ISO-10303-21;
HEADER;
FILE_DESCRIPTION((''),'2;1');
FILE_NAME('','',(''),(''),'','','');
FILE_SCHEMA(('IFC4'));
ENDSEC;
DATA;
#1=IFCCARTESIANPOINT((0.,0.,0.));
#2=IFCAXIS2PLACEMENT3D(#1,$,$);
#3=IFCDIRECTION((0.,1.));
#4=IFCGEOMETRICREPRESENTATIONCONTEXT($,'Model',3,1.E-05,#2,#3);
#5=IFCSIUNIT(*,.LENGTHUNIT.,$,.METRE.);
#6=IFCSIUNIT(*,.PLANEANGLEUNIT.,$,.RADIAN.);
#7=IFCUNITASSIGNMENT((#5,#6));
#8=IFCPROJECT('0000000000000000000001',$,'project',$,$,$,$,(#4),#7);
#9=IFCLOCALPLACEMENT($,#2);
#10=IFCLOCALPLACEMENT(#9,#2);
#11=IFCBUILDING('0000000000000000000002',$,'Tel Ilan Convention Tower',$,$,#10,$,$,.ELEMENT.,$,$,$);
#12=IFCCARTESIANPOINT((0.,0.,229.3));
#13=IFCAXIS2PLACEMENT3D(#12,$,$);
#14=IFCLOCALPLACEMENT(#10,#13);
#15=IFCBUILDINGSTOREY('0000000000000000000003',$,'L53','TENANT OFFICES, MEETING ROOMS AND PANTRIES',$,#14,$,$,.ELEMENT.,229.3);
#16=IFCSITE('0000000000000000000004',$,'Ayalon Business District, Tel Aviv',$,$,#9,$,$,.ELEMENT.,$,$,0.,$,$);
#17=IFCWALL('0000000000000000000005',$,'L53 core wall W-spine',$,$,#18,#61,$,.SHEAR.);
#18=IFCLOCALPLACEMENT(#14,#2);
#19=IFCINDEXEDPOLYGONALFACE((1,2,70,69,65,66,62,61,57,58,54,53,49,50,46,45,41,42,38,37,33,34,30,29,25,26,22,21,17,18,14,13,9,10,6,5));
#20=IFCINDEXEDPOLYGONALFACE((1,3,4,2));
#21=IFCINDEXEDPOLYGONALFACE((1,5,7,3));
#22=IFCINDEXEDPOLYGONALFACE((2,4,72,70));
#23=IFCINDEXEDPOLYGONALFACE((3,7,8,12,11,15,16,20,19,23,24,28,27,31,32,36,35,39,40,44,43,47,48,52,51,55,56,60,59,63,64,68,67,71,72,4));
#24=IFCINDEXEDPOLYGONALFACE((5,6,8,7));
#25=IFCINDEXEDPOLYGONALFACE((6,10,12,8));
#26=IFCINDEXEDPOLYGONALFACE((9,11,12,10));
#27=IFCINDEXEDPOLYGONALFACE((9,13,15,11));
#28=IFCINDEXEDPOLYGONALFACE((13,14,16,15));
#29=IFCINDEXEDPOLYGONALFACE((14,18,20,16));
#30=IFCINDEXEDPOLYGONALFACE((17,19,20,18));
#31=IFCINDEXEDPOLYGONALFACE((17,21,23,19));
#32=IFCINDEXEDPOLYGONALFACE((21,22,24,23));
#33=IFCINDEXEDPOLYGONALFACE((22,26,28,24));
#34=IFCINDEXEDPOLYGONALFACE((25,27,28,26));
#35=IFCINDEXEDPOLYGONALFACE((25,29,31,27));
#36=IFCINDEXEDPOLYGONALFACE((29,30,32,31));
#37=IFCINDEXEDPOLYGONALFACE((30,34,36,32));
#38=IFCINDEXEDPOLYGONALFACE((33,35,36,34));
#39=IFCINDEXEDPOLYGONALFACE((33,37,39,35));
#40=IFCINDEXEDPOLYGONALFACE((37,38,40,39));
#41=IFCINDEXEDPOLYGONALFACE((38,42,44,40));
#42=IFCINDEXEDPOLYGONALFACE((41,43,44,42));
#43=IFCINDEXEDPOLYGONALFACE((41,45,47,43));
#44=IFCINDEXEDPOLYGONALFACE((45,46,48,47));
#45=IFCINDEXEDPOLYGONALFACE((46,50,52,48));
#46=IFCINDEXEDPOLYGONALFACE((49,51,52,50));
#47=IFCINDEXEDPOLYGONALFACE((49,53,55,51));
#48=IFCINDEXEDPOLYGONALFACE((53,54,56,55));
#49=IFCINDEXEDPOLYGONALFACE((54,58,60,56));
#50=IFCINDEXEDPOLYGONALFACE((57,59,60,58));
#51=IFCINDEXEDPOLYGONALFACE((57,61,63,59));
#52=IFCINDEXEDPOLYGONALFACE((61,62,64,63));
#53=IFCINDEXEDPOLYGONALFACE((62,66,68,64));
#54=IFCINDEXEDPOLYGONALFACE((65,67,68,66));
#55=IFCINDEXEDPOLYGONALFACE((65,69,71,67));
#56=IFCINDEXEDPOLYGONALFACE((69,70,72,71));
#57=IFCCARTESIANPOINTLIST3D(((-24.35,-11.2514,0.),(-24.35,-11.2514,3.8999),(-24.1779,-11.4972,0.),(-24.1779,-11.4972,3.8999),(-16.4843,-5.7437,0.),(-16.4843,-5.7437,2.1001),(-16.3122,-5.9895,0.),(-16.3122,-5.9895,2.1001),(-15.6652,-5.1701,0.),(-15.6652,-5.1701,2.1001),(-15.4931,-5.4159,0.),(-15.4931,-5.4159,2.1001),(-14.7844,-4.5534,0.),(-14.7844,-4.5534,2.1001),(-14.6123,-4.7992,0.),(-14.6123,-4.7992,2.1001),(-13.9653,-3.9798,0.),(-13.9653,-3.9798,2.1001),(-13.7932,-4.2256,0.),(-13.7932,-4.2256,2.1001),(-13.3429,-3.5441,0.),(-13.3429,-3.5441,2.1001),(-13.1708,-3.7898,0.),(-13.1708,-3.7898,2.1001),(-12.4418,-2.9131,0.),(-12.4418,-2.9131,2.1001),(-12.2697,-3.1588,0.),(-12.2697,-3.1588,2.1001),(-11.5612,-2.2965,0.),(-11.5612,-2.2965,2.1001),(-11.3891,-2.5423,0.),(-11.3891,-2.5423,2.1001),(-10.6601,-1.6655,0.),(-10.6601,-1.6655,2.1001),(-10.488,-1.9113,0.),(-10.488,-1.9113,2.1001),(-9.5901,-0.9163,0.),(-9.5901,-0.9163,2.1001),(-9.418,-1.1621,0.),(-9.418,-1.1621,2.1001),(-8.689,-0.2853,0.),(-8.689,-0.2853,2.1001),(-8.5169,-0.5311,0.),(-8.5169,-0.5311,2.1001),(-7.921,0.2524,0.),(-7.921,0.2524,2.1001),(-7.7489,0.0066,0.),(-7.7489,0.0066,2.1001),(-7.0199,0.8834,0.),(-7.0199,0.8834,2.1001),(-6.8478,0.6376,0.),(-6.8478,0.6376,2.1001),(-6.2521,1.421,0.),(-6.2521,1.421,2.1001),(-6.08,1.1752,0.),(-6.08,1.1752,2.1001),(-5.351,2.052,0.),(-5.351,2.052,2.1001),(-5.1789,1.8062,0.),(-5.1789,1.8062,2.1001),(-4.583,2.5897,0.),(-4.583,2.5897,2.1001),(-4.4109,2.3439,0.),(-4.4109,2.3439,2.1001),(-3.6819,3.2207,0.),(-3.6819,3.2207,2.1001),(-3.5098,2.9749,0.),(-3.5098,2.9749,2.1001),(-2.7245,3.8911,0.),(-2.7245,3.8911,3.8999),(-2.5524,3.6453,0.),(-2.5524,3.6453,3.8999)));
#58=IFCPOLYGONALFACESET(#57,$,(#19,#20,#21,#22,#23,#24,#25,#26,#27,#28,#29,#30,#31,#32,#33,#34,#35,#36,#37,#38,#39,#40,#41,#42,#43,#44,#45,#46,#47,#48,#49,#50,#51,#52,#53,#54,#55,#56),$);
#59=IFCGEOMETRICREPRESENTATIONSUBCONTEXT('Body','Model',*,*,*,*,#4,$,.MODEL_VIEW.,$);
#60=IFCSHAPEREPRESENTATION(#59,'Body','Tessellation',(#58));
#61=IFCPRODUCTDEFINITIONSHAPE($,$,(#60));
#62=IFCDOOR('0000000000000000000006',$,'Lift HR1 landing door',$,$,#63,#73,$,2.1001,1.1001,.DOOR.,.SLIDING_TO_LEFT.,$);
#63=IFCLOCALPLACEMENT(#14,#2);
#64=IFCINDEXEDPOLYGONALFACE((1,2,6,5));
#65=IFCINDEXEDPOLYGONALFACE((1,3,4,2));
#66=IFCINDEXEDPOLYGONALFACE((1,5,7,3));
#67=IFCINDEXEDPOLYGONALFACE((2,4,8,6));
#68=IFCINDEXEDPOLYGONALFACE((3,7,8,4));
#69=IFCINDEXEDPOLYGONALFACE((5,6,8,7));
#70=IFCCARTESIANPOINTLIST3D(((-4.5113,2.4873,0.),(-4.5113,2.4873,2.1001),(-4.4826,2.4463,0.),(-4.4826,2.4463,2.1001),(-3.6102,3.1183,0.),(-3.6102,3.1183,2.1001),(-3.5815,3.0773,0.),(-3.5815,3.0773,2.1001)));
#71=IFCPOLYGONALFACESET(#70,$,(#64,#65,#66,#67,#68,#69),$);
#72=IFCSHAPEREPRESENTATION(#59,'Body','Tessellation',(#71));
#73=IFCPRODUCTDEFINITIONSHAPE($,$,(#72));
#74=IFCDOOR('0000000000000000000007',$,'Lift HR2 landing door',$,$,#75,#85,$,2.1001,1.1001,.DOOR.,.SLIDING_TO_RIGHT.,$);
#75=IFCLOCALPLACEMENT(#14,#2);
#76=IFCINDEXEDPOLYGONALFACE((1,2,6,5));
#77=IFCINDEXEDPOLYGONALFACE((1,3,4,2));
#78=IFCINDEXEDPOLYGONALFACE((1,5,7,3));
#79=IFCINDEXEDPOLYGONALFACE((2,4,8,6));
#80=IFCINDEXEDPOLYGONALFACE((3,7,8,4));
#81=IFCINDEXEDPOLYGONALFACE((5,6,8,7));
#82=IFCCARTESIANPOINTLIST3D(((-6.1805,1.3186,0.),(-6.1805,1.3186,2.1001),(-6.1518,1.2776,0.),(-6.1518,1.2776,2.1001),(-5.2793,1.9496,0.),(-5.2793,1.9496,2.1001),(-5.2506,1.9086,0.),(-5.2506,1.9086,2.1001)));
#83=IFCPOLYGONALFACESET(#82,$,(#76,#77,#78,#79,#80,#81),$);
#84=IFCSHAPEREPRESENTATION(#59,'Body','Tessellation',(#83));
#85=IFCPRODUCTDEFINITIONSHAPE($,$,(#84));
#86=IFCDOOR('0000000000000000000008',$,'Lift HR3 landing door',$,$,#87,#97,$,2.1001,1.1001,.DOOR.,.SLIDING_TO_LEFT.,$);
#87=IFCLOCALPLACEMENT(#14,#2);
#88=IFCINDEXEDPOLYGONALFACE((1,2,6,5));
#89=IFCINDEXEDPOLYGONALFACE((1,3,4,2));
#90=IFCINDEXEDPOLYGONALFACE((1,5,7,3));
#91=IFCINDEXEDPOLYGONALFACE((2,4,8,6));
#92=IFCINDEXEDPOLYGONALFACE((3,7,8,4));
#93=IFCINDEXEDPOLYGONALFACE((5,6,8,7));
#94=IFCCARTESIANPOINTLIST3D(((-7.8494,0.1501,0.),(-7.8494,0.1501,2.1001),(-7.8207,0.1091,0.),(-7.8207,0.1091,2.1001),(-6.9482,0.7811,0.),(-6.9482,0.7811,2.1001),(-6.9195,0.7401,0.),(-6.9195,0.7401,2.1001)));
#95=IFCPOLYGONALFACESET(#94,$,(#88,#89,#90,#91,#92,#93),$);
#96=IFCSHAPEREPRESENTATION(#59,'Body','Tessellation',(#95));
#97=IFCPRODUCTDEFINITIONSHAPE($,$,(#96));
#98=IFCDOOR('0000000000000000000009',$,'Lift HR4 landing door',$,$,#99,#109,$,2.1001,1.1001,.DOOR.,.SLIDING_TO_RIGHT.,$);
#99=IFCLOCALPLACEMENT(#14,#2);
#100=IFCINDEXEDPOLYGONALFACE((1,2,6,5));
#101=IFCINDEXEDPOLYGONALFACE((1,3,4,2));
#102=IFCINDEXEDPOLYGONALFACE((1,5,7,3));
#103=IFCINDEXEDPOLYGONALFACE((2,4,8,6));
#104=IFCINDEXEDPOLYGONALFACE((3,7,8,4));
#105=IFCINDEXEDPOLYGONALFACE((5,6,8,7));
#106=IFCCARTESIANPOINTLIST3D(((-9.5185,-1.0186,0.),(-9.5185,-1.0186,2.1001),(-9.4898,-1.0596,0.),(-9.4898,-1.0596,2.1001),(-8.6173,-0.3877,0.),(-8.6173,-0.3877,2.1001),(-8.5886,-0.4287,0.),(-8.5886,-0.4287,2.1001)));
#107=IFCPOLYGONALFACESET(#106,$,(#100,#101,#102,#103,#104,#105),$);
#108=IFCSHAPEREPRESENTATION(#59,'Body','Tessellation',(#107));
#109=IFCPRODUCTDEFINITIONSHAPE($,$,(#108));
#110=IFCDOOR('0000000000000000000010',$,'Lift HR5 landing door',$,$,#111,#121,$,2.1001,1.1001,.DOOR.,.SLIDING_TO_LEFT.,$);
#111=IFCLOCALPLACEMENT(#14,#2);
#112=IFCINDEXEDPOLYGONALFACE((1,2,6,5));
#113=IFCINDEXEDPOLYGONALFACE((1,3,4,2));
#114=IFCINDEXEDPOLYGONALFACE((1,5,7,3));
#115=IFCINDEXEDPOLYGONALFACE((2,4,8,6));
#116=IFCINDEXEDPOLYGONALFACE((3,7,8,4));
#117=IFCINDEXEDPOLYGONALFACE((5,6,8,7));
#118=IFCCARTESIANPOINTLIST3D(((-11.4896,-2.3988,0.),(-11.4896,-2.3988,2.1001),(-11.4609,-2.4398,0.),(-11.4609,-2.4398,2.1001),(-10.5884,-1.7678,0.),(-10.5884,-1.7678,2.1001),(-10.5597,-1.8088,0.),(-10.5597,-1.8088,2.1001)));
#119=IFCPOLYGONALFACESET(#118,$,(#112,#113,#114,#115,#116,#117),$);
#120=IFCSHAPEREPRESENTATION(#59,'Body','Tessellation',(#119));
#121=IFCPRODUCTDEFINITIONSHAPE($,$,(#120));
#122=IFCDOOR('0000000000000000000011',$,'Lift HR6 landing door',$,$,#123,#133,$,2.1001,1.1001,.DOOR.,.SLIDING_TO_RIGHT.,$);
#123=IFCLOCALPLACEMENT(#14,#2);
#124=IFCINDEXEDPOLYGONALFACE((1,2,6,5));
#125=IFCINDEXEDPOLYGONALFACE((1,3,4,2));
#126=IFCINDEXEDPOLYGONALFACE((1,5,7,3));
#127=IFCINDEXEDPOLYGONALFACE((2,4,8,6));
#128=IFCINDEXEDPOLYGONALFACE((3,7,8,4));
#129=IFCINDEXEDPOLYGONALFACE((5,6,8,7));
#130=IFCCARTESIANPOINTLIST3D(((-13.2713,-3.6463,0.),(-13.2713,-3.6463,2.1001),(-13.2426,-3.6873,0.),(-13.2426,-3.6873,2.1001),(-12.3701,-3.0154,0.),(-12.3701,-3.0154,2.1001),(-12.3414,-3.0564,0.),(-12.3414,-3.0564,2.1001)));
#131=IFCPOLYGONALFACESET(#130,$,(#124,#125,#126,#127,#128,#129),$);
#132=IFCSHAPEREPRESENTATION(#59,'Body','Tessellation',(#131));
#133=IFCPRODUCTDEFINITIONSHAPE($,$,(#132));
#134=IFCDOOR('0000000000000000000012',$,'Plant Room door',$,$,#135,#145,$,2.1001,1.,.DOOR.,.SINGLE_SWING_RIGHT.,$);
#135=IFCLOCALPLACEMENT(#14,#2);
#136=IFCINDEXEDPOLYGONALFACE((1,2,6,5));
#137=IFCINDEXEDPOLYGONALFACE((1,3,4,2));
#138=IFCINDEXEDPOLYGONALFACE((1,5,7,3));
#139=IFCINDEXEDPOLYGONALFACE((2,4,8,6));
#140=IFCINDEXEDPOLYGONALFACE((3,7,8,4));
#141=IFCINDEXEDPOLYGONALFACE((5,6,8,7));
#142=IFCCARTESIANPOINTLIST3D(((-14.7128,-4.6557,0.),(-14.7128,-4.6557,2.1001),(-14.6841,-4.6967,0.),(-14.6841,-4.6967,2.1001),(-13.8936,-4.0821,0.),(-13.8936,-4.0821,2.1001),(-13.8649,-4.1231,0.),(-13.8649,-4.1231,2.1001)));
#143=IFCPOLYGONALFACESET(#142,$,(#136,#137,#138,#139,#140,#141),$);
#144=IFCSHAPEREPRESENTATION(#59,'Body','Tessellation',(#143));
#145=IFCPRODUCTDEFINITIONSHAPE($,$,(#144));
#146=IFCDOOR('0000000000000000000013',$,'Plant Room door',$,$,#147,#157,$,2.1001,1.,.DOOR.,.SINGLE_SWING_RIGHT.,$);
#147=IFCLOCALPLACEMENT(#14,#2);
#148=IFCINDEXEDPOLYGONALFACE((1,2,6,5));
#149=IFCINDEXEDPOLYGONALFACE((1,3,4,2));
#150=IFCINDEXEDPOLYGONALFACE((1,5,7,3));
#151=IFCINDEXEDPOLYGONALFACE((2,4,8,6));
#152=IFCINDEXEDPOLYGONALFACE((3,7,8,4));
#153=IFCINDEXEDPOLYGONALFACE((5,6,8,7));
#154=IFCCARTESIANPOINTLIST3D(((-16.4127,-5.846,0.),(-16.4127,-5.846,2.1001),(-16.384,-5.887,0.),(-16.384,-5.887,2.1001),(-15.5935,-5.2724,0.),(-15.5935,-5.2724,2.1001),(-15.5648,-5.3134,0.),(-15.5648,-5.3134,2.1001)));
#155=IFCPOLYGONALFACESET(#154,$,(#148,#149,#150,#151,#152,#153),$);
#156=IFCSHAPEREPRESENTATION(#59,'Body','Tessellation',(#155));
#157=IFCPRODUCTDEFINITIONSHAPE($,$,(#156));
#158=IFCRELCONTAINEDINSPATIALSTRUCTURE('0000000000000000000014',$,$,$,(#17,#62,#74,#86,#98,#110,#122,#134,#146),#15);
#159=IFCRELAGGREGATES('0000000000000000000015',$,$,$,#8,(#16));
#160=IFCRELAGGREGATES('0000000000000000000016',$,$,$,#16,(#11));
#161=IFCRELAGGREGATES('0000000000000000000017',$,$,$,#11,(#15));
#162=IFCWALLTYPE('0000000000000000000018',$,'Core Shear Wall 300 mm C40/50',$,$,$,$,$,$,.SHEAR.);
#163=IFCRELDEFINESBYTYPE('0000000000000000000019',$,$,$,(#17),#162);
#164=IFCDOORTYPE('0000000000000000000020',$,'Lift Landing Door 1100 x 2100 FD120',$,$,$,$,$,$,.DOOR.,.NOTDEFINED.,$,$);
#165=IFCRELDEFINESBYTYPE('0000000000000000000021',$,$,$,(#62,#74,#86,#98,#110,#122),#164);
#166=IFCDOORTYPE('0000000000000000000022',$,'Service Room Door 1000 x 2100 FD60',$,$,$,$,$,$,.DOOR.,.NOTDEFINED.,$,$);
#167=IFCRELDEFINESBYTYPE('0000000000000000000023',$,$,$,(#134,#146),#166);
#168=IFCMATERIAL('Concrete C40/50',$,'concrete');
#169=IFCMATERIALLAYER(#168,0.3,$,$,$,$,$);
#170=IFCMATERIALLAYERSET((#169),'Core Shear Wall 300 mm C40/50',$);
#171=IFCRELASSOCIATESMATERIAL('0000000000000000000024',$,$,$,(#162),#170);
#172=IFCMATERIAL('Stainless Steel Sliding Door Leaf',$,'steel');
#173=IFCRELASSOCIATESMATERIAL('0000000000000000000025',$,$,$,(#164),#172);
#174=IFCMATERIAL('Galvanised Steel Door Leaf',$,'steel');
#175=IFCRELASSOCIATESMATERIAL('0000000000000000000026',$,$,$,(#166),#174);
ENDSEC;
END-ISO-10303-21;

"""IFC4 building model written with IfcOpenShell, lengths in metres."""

from ifc_helpers import new_model, si_unit, direction, frame, frame_2d, origin, place, context, subcontext, project, spatial, polyline, rectangle, outline, extrude, material, layer, layer_set, type_object, element, fill, save


model = new_model("IFC4")

# Units and contexts
model_context = context("Model", 3, precision=1e-05, world=origin(), true_north=direction((0.0, 1.0)))
body_context = subcontext(model_context, "Body", "Model", "MODEL_VIEW")
ifc_project = project(units=[si_unit("LENGTHUNIT", "METRE"), si_unit("PLANEANGLEUNIT", "RADIAN")], contexts=[model_context])

# Site, building, storey
site_placement = place(None, origin())
site = spatial("IfcSite", under=ifc_project, at=site_placement, Name="Ayalon Business District, Tel Aviv", CompositionType="ELEMENT", RefElevation=0.0)
building_placement = place(site_placement, origin())
building = spatial("IfcBuilding", under=site, at=building_placement, Name="Tel Ilan Convention Tower", CompositionType="ELEMENT")
storey_placement = place(building_placement, frame((0.0, 0.0, 229.3)))
storey = spatial("IfcBuildingStorey", under=building, at=storey_placement, Name="L53", Description="TENANT OFFICES, MEETING ROOMS AND PANTRIES", CompositionType="ELEMENT", Elevation=229.3)

# Wall, openings, doors
ifc_material_1 = material(Name="Concrete C40/50", Category="concrete")
ifc_layer_1 = layer(ifc_material_1, 0.3)
ifc_layer_set_1 = layer_set([ifc_layer_1], Name="Core Shear Wall 300 mm C40/50")
wall_type_1 = type_object("IfcWallType", Name="Core Shear Wall 300 mm C40/50", PredefinedType="SHEAR", material=ifc_layer_set_1)
wall_1_placement = place(storey_placement, frame((-2.6384, 3.7681, 0.0), z_axis=(0.0, 0.0, 1.0), x_axis=(-0.819155, -0.573572, 0.0)))
wall_1 = element("IfcWall", 1, at=wall_1_placement, inside=storey, type_object=wall_type_1, Name="L53 core wall W-spine", PredefinedType="SHEAR", context=body_context, shape_type="SweptSolid", body=[
    extrude(outline(polyline([(26.3999, 0.1501), (0.0, 0.1499), (0.0, -0.1501), (26.3999, -0.1499), (26.3999, 0.1501)])), origin(), (0.0, 0.0, 1.0), 3.8999),
])
opening_1_placement = place(wall_1_placement, frame((1.1687, 0.0, 0.0)))
opening_1 = element("IfcOpeningElement", 2, at=opening_1_placement, cuts=wall_1, PredefinedType="OPENING", context=body_context, shape_type="SweptSolid", body=[
    extrude(rectangle(XDim=1.1001, YDim=2.1001, at=frame_2d((0.55, 1.05))), frame((0.0, 0.1599, 0.0), z_axis=(0.0, -1.0, 0.0), x_axis=(1.0, 0.0, 0.0)), (0.0, 0.0, 1.0), 0.3201),
])
opening_2_placement = place(wall_1_placement, frame((3.2063, 0.0, 0.0)))
opening_2 = element("IfcOpeningElement", 3, at=opening_2_placement, cuts=wall_1, PredefinedType="OPENING", context=body_context, shape_type="SweptSolid", body=[
    extrude(rectangle(XDim=1.1001, YDim=2.1001, at=frame_2d((0.55, 1.05))), frame((0.0, 0.1599, 0.0), z_axis=(0.0, -1.0, 0.0), x_axis=(1.0, 0.0, 0.0)), (0.0, 0.0, 1.0), 0.3201),
])
opening_3_placement = place(wall_1_placement, frame((5.2437, 0.0, 0.0)))
opening_3 = element("IfcOpeningElement", 4, at=opening_3_placement, cuts=wall_1, PredefinedType="OPENING", context=body_context, shape_type="SweptSolid", body=[
    extrude(rectangle(XDim=1.1001, YDim=2.1001, at=frame_2d((0.55, 1.05))), frame((0.0, 0.1599, 0.0), z_axis=(0.0, -1.0, 0.0), x_axis=(1.0, 0.0, 0.0)), (0.0, 0.0, 1.0), 0.3201),
])
opening_4_placement = place(wall_1_placement, frame((7.2812, 0.0, 0.0)))
opening_4 = element("IfcOpeningElement", 5, at=opening_4_placement, cuts=wall_1, PredefinedType="OPENING", context=body_context, shape_type="SweptSolid", body=[
    extrude(rectangle(XDim=1.1001, YDim=2.1001, at=frame_2d((0.55, 1.05))), frame((0.0, 0.1599, 0.0), z_axis=(0.0, -1.0, 0.0), x_axis=(1.0, 0.0, 0.0)), (0.0, 0.0, 1.0), 0.3201),
])
opening_5_placement = place(wall_1_placement, frame((9.6875, 0.0, 0.0)))
opening_5 = element("IfcOpeningElement", 6, at=opening_5_placement, cuts=wall_1, PredefinedType="OPENING", context=body_context, shape_type="SweptSolid", body=[
    extrude(rectangle(XDim=1.1001, YDim=2.1001, at=frame_2d((0.55, 1.05))), frame((0.0, 0.1599, 0.0), z_axis=(0.0, -1.0, 0.0), x_axis=(1.0, 0.0, 0.0)), (0.0, 0.0, 1.0), 0.3201),
])
opening_6_placement = place(wall_1_placement, frame((11.8625, 0.0, 0.0)))
opening_6 = element("IfcOpeningElement", 7, at=opening_6_placement, cuts=wall_1, PredefinedType="OPENING", context=body_context, shape_type="SweptSolid", body=[
    extrude(rectangle(XDim=1.1001, YDim=2.1001, at=frame_2d((0.55, 1.05))), frame((0.0, 0.1599, 0.0), z_axis=(0.0, -1.0, 0.0), x_axis=(1.0, 0.0, 0.0)), (0.0, 0.0, 1.0), 0.3201),
])
opening_7_placement = place(wall_1_placement, frame((13.7224, 0.0, 0.0)))
opening_7 = element("IfcOpeningElement", 8, at=opening_7_placement, cuts=wall_1, PredefinedType="OPENING", context=body_context, shape_type="SweptSolid", body=[
    extrude(rectangle(XDim=1.0, YDim=2.1001, at=frame_2d((0.5, 1.05))), frame((0.0, 0.1599, 0.0), z_axis=(0.0, -1.0, 0.0), x_axis=(1.0, 0.0, 0.0)), (0.0, 0.0, 1.0), 0.3201),
])
opening_8_placement = place(wall_1_placement, frame((15.7976, 0.0, 0.0)))
opening_8 = element("IfcOpeningElement", 9, at=opening_8_placement, cuts=wall_1, PredefinedType="OPENING", context=body_context, shape_type="SweptSolid", body=[
    extrude(rectangle(XDim=1.0, YDim=2.1001, at=frame_2d((0.5, 1.05))), frame((0.0, 0.1599, 0.0), z_axis=(0.0, -1.0, 0.0), x_axis=(1.0, 0.0, 0.0)), (0.0, 0.0, 1.0), 0.3201),
])
ifc_material_2 = material(Name="Stainless Steel Sliding Door Leaf", Category="steel")
door_type_1 = type_object("IfcDoorType", Name="Lift Landing Door 1100 x 2100 FD120", OperationType="NOTDEFINED", PredefinedType="DOOR", material=ifc_material_2)
door_1_placement = place(opening_1_placement, origin())
door_1 = element("IfcDoor", 10, at=door_1_placement, inside=storey, type_object=door_type_1, Name="Lift HR1 landing door", OperationType="SLIDING_TO_LEFT", OverallHeight=2.1001, OverallWidth=1.1001, PredefinedType="DOOR", context=body_context, shape_type="SweptSolid", body=[
    extrude(rectangle(XDim=1.1001, YDim=2.1001, at=frame_2d((0.55, 1.05))), frame((0.0, 0.0249, 0.0), z_axis=(0.0, -1.0, 0.0), x_axis=(1.0, 0.0, 0.0)), (0.0, 0.0, 1.0), 0.05),
])
fill(opening_1, door_1)
door_2_placement = place(opening_2_placement, origin())
door_2 = element("IfcDoor", 11, at=door_2_placement, inside=storey, type_object=door_type_1, Name="Lift HR2 landing door", OperationType="SLIDING_TO_RIGHT", OverallHeight=2.1001, OverallWidth=1.1001, PredefinedType="DOOR", context=body_context, shape_type="SweptSolid", body=[
    extrude(rectangle(XDim=1.1001, YDim=2.1001, at=frame_2d((0.55, 1.05))), frame((0.0, 0.0249, 0.0), z_axis=(0.0, -1.0, 0.0), x_axis=(1.0, 0.0, 0.0)), (0.0, 0.0, 1.0), 0.05),
])
fill(opening_2, door_2)
door_3_placement = place(opening_3_placement, origin())
door_3 = element("IfcDoor", 12, at=door_3_placement, inside=storey, type_object=door_type_1, Name="Lift HR3 landing door", OperationType="SLIDING_TO_LEFT", OverallHeight=2.1001, OverallWidth=1.1001, PredefinedType="DOOR", context=body_context, shape_type="SweptSolid", body=[
    extrude(rectangle(XDim=1.1001, YDim=2.1001, at=frame_2d((0.55, 1.05))), frame((0.0, 0.0249, 0.0), z_axis=(0.0, -1.0, 0.0), x_axis=(1.0, 0.0, 0.0)), (0.0, 0.0, 1.0), 0.05),
])
fill(opening_3, door_3)
door_4_placement = place(opening_4_placement, origin())
door_4 = element("IfcDoor", 13, at=door_4_placement, inside=storey, type_object=door_type_1, Name="Lift HR4 landing door", OperationType="SLIDING_TO_RIGHT", OverallHeight=2.1001, OverallWidth=1.1001, PredefinedType="DOOR", context=body_context, shape_type="SweptSolid", body=[
    extrude(rectangle(XDim=1.1001, YDim=2.1001, at=frame_2d((0.55, 1.05))), frame((0.0, 0.0249, 0.0), z_axis=(0.0, -1.0, 0.0), x_axis=(1.0, 0.0, 0.0)), (0.0, 0.0, 1.0), 0.05),
])
fill(opening_4, door_4)
door_5_placement = place(opening_5_placement, origin())
door_5 = element("IfcDoor", 14, at=door_5_placement, inside=storey, type_object=door_type_1, Name="Lift HR5 landing door", OperationType="SLIDING_TO_LEFT", OverallHeight=2.1001, OverallWidth=1.1001, PredefinedType="DOOR", context=body_context, shape_type="SweptSolid", body=[
    extrude(rectangle(XDim=1.1001, YDim=2.1001, at=frame_2d((0.55, 1.05))), frame((0.0, 0.0249, 0.0), z_axis=(0.0, -1.0, 0.0), x_axis=(1.0, 0.0, 0.0)), (0.0, 0.0, 1.0), 0.05),
])
fill(opening_5, door_5)
door_6_placement = place(opening_6_placement, origin())
door_6 = element("IfcDoor", 15, at=door_6_placement, inside=storey, type_object=door_type_1, Name="Lift HR6 landing door", OperationType="SLIDING_TO_RIGHT", OverallHeight=2.1001, OverallWidth=1.1001, PredefinedType="DOOR", context=body_context, shape_type="SweptSolid", body=[
    extrude(rectangle(XDim=1.1001, YDim=2.1001, at=frame_2d((0.55, 1.05))), frame((0.0, 0.0249, 0.0), z_axis=(0.0, -1.0, 0.0), x_axis=(1.0, 0.0, 0.0)), (0.0, 0.0, 1.0), 0.05),
])
fill(opening_6, door_6)
ifc_material_3 = material(Name="Galvanised Steel Door Leaf", Category="steel")
door_type_2 = type_object("IfcDoorType", Name="Service Room Door 1000 x 2100 FD60", OperationType="NOTDEFINED", PredefinedType="DOOR", material=ifc_material_3)
door_7_placement = place(opening_7_placement, origin())
door_7 = element("IfcDoor", 16, at=door_7_placement, inside=storey, type_object=door_type_2, Name="Plant Room door", OperationType="SINGLE_SWING_RIGHT", OverallHeight=2.1001, OverallWidth=1.0, PredefinedType="DOOR", context=body_context, shape_type="SweptSolid", body=[
    extrude(rectangle(XDim=1.0, YDim=2.1001, at=frame_2d((0.5, 1.05))), frame((0.0, 0.0249, 0.0), z_axis=(0.0, -1.0, 0.0), x_axis=(1.0, 0.0, 0.0)), (0.0, 0.0, 1.0), 0.05),
])
fill(opening_7, door_7)
door_8_placement = place(opening_8_placement, origin())
door_8 = element("IfcDoor", 17, at=door_8_placement, inside=storey, type_object=door_type_2, Name="Plant Room door", OperationType="SINGLE_SWING_RIGHT", OverallHeight=2.1001, OverallWidth=1.0, PredefinedType="DOOR", context=body_context, shape_type="SweptSolid", body=[
    extrude(rectangle(XDim=1.0, YDim=2.1001, at=frame_2d((0.5, 1.05))), frame((0.0, 0.0249, 0.0), z_axis=(0.0, -1.0, 0.0), x_axis=(1.0, 0.0, 0.0)), (0.0, 0.0, 1.0), 0.05),
])
fill(opening_8, door_8)

save(model, "model.ifc")
